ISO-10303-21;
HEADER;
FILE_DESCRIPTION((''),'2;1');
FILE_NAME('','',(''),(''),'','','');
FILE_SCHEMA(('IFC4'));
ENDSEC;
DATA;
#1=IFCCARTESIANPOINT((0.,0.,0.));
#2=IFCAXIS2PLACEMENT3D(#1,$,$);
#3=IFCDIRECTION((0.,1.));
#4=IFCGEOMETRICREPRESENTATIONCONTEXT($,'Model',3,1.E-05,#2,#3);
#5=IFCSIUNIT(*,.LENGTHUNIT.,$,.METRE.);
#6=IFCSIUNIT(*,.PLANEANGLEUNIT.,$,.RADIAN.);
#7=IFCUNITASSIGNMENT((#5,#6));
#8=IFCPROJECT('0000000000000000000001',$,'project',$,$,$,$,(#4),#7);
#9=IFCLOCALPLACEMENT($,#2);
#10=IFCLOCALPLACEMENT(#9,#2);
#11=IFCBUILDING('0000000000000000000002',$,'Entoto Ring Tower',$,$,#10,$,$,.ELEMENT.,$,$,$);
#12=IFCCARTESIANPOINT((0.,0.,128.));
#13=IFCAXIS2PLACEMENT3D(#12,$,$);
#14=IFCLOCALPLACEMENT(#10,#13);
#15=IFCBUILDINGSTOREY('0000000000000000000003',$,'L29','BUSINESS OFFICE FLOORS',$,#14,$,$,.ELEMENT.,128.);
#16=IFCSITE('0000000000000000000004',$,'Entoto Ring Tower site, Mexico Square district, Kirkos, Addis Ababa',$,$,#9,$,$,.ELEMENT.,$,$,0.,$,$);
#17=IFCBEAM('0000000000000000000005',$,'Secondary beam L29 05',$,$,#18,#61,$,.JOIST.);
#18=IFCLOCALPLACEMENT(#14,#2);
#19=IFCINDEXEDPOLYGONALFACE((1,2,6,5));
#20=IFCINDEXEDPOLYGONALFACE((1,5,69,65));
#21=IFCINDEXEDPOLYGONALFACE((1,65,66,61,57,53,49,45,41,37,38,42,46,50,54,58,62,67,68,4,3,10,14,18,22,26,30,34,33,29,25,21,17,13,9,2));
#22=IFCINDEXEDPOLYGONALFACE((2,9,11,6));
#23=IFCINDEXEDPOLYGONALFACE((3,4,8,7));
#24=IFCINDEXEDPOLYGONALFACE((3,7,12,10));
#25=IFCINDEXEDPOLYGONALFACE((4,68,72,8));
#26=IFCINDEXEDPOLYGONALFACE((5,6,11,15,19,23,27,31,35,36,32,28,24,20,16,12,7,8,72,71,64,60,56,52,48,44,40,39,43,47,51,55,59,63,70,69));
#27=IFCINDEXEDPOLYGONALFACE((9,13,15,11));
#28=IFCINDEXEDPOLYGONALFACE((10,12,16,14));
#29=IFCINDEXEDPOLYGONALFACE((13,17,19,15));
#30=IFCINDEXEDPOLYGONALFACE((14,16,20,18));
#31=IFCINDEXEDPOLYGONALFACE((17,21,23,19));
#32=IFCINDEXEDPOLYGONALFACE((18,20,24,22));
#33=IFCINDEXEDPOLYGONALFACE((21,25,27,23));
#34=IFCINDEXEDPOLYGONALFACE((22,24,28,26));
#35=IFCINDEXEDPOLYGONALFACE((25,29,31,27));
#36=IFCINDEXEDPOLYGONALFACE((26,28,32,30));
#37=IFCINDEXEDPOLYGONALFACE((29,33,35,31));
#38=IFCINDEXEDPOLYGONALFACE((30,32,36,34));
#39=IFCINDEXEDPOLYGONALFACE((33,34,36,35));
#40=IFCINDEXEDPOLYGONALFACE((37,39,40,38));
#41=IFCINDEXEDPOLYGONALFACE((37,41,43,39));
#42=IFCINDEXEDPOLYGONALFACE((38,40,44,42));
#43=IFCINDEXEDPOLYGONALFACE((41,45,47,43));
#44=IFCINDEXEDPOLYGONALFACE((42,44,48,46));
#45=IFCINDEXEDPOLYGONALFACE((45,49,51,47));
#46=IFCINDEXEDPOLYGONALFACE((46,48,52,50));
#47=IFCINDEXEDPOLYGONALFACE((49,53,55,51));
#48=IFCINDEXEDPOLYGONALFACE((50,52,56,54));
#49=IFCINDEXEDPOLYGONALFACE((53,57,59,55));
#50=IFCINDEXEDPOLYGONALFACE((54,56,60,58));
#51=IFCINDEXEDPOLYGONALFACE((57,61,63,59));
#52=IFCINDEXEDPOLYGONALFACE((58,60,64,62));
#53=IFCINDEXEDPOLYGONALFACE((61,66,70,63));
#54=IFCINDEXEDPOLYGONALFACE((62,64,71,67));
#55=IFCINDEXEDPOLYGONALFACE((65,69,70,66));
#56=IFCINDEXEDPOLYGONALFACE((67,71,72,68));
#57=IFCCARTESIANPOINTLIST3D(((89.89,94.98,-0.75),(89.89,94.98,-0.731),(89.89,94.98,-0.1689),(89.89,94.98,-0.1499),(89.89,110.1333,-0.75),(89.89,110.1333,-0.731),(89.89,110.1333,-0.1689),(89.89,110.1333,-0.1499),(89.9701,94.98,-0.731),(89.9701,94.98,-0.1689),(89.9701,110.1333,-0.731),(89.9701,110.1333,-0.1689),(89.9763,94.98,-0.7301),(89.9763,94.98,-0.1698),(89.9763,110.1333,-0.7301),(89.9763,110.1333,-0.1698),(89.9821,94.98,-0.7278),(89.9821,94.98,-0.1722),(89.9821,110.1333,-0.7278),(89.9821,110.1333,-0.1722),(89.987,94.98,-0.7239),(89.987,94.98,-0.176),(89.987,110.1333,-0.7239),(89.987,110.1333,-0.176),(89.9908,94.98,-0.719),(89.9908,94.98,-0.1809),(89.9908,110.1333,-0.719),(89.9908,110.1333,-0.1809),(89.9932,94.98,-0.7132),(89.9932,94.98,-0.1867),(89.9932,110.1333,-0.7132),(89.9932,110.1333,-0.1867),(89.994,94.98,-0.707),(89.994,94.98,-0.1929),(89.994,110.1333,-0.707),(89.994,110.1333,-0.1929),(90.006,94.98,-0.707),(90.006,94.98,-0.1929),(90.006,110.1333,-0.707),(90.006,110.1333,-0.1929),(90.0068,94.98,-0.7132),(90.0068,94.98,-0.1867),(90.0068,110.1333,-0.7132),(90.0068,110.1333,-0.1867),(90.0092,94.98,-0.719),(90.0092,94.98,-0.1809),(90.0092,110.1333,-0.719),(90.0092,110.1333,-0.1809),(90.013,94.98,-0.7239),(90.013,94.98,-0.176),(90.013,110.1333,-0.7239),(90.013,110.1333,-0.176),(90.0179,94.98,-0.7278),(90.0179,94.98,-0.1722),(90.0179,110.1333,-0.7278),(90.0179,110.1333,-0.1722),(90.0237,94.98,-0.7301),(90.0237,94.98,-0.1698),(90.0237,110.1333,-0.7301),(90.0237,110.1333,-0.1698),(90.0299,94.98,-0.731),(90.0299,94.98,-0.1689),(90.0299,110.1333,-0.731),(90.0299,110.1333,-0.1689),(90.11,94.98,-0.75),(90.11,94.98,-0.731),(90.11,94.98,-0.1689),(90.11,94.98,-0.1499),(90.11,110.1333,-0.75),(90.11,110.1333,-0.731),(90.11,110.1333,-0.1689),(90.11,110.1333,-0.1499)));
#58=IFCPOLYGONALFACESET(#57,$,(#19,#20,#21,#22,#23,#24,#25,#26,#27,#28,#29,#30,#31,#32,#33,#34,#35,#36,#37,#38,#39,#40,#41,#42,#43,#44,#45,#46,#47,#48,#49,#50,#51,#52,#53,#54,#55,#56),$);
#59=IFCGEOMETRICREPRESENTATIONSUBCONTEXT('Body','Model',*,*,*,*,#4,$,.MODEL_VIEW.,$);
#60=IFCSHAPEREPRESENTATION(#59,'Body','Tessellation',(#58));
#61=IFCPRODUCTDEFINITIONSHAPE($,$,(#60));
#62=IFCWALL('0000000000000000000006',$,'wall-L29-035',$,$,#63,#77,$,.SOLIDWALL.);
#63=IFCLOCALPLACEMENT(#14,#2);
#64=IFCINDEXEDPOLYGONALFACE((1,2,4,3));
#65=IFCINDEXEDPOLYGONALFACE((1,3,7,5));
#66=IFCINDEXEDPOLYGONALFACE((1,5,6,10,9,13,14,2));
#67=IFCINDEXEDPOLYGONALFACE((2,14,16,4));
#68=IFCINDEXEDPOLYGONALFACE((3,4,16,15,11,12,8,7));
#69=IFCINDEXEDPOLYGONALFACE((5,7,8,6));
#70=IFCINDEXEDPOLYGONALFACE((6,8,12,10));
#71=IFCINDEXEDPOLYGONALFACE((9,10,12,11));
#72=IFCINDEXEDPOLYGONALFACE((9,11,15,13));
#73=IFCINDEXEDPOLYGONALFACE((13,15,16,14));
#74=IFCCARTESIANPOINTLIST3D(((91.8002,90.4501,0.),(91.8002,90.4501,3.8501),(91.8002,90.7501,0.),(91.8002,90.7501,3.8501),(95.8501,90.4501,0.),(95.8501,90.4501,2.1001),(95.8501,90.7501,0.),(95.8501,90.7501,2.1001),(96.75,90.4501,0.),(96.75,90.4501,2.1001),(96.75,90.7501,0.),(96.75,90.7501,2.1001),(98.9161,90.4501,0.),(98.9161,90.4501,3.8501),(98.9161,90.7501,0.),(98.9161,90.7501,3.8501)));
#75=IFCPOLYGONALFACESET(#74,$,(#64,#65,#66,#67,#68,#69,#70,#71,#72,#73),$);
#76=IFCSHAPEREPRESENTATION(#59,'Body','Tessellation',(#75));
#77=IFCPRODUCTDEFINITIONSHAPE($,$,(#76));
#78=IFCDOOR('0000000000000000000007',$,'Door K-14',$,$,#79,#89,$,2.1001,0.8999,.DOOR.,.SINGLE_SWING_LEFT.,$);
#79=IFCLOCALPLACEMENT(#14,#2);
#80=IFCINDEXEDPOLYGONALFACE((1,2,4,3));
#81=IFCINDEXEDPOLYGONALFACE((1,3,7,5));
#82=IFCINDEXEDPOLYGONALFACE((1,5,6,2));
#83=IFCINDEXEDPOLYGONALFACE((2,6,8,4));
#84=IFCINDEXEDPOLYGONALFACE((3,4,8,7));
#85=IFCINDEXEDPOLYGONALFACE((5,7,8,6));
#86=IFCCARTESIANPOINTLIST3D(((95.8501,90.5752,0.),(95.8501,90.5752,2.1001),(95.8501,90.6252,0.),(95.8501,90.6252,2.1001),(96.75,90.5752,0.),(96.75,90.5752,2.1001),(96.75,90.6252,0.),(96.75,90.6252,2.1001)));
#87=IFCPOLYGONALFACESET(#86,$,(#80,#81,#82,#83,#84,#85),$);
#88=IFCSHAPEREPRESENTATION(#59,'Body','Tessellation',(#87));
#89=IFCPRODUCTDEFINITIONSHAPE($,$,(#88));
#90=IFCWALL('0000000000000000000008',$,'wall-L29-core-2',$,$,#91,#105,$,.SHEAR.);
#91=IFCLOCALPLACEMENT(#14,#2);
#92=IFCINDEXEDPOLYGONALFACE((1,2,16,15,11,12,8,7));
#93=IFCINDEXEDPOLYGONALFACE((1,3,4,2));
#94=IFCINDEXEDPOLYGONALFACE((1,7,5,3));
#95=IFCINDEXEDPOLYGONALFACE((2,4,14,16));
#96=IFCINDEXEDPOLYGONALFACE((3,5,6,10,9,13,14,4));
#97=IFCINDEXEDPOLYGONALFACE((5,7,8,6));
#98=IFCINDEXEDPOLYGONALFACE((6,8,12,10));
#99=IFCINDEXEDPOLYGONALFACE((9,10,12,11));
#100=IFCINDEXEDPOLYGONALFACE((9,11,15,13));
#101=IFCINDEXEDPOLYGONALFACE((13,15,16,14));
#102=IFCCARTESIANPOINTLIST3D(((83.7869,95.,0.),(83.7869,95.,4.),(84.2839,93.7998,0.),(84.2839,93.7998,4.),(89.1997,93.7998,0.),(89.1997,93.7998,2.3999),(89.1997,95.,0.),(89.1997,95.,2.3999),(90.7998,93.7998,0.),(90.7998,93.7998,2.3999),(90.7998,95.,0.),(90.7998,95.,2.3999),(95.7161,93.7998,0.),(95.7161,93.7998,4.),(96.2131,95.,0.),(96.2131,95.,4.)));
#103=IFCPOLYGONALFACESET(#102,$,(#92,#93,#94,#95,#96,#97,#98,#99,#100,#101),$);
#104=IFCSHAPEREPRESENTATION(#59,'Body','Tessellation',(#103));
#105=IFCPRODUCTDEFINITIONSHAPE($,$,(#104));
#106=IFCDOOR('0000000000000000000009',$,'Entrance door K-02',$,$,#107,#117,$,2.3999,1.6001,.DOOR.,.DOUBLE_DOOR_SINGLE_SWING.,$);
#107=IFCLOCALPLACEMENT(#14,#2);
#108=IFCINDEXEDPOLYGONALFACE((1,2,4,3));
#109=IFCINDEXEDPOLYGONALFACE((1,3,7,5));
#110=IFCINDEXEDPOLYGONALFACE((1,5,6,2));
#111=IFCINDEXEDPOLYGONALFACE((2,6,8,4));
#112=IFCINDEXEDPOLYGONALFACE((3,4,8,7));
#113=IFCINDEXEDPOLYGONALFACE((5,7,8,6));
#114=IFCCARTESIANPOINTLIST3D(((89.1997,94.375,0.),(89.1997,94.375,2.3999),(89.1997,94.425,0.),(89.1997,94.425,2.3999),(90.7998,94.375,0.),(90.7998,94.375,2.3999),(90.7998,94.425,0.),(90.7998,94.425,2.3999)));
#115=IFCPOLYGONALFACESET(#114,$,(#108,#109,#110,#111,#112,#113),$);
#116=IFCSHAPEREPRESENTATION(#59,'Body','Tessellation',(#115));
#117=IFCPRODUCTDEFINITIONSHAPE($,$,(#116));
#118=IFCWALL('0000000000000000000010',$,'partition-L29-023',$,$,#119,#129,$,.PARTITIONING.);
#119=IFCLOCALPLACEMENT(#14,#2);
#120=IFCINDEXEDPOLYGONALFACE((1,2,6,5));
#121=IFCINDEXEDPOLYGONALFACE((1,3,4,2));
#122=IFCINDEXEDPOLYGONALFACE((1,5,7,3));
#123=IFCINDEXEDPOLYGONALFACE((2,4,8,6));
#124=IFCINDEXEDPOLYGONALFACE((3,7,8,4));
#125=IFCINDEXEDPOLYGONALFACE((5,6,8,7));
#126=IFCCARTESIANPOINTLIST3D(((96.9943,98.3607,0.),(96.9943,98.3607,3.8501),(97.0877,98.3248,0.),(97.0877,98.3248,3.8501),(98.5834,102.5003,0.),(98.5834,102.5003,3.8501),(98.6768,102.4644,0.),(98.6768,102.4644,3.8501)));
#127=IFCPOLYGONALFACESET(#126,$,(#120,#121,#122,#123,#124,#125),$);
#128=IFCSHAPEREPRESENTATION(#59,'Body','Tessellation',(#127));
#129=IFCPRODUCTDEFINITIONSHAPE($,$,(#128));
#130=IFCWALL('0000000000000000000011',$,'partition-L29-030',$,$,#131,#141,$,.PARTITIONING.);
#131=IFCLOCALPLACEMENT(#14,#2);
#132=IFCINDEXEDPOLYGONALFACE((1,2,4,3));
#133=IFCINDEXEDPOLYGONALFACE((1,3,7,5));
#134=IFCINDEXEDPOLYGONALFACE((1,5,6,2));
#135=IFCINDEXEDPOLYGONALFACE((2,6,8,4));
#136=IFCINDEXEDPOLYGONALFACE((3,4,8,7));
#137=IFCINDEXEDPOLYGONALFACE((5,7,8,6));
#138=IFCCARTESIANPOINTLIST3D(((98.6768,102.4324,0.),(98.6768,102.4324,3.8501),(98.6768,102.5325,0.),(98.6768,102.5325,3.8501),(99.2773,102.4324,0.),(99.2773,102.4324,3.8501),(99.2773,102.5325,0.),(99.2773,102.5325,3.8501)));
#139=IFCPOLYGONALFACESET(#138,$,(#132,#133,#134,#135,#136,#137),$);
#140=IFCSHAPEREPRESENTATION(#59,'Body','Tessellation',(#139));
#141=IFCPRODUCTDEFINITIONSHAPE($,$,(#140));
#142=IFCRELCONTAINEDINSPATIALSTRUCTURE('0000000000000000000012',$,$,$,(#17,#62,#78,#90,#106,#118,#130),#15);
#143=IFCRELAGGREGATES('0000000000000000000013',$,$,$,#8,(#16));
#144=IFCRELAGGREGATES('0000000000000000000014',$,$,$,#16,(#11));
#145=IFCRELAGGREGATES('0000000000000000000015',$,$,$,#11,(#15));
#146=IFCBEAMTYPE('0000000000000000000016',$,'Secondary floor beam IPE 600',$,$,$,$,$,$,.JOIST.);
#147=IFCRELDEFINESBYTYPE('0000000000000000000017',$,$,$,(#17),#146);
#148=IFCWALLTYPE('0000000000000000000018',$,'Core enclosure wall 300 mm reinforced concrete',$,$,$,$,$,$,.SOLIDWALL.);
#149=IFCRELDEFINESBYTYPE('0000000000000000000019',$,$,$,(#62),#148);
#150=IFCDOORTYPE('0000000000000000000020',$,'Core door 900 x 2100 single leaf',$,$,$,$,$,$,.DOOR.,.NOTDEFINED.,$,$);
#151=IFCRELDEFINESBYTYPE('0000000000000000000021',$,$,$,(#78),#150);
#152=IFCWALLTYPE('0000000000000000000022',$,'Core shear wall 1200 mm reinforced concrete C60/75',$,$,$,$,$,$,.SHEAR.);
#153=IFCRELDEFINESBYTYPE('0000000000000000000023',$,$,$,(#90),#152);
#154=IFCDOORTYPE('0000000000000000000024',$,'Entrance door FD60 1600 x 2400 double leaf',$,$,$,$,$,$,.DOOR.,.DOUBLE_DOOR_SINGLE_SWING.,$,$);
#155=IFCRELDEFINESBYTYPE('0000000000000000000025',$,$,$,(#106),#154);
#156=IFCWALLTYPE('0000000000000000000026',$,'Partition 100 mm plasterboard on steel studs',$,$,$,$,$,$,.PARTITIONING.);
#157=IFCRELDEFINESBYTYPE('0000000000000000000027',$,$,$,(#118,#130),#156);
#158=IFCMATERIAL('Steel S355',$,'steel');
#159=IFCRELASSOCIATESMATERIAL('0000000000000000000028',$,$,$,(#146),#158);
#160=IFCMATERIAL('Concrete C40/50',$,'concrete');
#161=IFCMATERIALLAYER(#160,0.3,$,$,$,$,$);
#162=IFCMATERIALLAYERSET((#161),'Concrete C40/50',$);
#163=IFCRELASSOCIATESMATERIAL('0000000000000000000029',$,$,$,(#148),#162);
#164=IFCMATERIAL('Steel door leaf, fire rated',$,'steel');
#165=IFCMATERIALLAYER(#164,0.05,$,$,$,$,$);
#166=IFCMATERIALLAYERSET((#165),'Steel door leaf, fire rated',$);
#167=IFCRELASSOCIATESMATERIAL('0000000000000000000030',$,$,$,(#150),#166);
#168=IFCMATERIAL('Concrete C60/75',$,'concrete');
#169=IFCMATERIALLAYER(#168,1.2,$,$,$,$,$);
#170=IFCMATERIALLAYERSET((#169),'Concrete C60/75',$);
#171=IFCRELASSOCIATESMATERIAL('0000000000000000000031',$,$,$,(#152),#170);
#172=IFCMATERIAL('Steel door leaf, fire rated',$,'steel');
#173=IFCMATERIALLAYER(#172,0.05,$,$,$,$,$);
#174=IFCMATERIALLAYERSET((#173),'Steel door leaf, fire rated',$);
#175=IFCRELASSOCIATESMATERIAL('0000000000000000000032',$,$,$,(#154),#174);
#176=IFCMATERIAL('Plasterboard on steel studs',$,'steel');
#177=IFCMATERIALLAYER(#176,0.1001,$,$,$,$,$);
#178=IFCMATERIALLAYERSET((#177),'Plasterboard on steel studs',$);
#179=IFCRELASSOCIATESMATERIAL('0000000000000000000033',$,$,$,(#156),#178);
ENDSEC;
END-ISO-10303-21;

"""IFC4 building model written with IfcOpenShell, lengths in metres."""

from ifc_helpers import new_model, si_unit, direction, frame, frame_2d, origin, origin_2d, place, context, subcontext, project, spatial, polyline, rectangle, i_section, outline, extrude, material, layer, layer_set, material_profile, profile_set, type_object, element, fill, save


model = new_model("IFC4")

# Units and contexts
model_context = context("Model", 3, precision=1e-05, world=origin(), true_north=direction((0.0, 1.0)))
body_context = subcontext(model_context, "Body", "Model", "MODEL_VIEW")
ifc_project = project(units=[si_unit("LENGTHUNIT", "METRE"), si_unit("PLANEANGLEUNIT", "RADIAN")], contexts=[model_context])

# Site, building, storey
site_placement = place(None, origin())
site = spatial("IfcSite", under=ifc_project, at=site_placement, Name="Entoto Ring Tower site, Mexico Square district, Kirkos, Addis Ababa", CompositionType="ELEMENT", RefElevation=0.0)
building_placement = place(site_placement, origin())
building = spatial("IfcBuilding", under=site, at=building_placement, Name="Entoto Ring Tower", CompositionType="ELEMENT")
storey_placement = place(building_placement, frame((0.0, 0.0, 128.0)))
storey = spatial("IfcBuildingStorey", under=building, at=storey_placement, Name="L29", Description="BUSINESS OFFICE FLOORS", CompositionType="ELEMENT", Elevation=128.0)

# Beam
ifc_material_1 = material(Name="Steel S355", Category="steel")
ifc_material_profile_1 = material_profile(ifc_material_1, i_section(OverallWidth=0.22, OverallDepth=0.6001, WebThickness=0.012, FlangeThickness=0.019, FilletRadius=0.0239, at=origin_2d()), Name="IPE 600")
ifc_profile_set_1 = profile_set([ifc_material_profile_1], Name="Steel S355")
beam_type_1 = type_object("IfcBeamType", Name="Secondary floor beam IPE 600", PredefinedType="JOIST", material=ifc_profile_set_1)
beam_1_placement = place(storey_placement, frame((90.0, 94.98, -0.45), z_axis=(0.0, 1.0, 0.0), x_axis=(-1.0, 0.0, 0.0)))
element("IfcBeam", 1, at=beam_1_placement, inside=storey, type_object=beam_type_1, Name="Secondary beam L29 05", PredefinedType="JOIST", context=body_context, shape_type="SweptSolid", body=[
    extrude(i_section(OverallWidth=0.22, OverallDepth=0.6001, WebThickness=0.012, FlangeThickness=0.019, FilletRadius=0.0239, at=origin_2d()), origin(), (0.0, 0.0, 1.0), 15.1533),
])

# Walls, openings, doors
ifc_material_2 = material(Name="Concrete C40/50", Category="concrete")
ifc_layer_1 = layer(ifc_material_2, 0.3)
ifc_layer_set_1 = layer_set([ifc_layer_1], Name="Concrete C40/50")
wall_type_1 = type_object("IfcWallType", Name="Core enclosure wall 300 mm reinforced concrete", PredefinedType="SOLIDWALL", material=ifc_layer_set_1)
wall_1_placement = place(storey_placement, frame((91.8, 90.6001, 0.0), z_axis=(0.0, 0.0, 1.0), x_axis=(1.0, 0.0, 0.0)))
wall_1 = element("IfcWall", 2, at=wall_1_placement, inside=storey, type_object=wall_type_1, Name="wall-L29-035", PredefinedType="SOLIDWALL", context=body_context, shape_type="SweptSolid", body=[
    extrude(rectangle(XDim=7.116, YDim=0.3, at=frame_2d((3.5581, 0.0))), origin(), (0.0, 0.0, 1.0), 3.8501),
])
opening_1_placement = place(wall_1_placement, frame((4.05, 0.0, 0.0)))
opening_1 = element("IfcOpeningElement", 3, at=opening_1_placement, cuts=wall_1, PredefinedType="OPENING", context=body_context, shape_type="SweptSolid", body=[
    extrude(rectangle(XDim=0.8999, YDim=2.1001, at=frame_2d((0.45, 1.05))), frame((0.0, 0.1602, 0.0), z_axis=(0.0, -1.0, 0.0), x_axis=(1.0, 0.0, 0.0)), (0.0, 0.0, 1.0), 0.3201),
])
ifc_material_3 = material(Name="Steel door leaf, fire rated", Category="steel")
ifc_layer_2 = layer(ifc_material_3, 0.05)
ifc_layer_set_2 = layer_set([ifc_layer_2], Name="Steel door leaf, fire rated")
door_type_1 = type_object("IfcDoorType", Name="Core door 900 x 2100 single leaf", OperationType="NOTDEFINED", PredefinedType="DOOR", material=ifc_layer_set_2)
door_1_placement = place(opening_1_placement, frame((0.8999, 0.0, 0.0), z_axis=(0.0, 0.0, 1.0), x_axis=(-1.0, 0.0, 0.0)))
door_1 = element("IfcDoor", 4, at=door_1_placement, inside=storey, type_object=door_type_1, Name="Door K-14", OperationType="SINGLE_SWING_LEFT", OverallHeight=2.1001, OverallWidth=0.8999, PredefinedType="DOOR", context=body_context, shape_type="SweptSolid", body=[
    extrude(rectangle(XDim=0.8999, YDim=2.1001, at=frame_2d((0.45, 1.05))), frame((0.0, 0.0249, 0.0), z_axis=(0.0, -1.0, 0.0), x_axis=(1.0, 0.0, 0.0)), (0.0, 0.0, 1.0), 0.05),
])
fill(opening_1, door_1)
ifc_material_4 = material(Name="Concrete C60/75", Category="concrete")
ifc_layer_3 = layer(ifc_material_4, 1.2)
ifc_layer_set_3 = layer_set([ifc_layer_3], Name="Concrete C60/75")
wall_type_2 = type_object("IfcWallType", Name="Core shear wall 1200 mm reinforced concrete C60/75", PredefinedType="SHEAR", material=ifc_layer_set_3)
wall_2_placement = place(storey_placement, frame((95.9646, 94.3999, 0.0), z_axis=(0.0, 0.0, 1.0), x_axis=(-1.0, 0.0, 0.0)))
wall_2 = element("IfcWall", 5, at=wall_2_placement, inside=storey, type_object=wall_type_2, Name="wall-L29-core-2", PredefinedType="SHEAR", context=body_context, shape_type="SweptSolid", body=[
    extrude(outline(polyline([(-0.2485, -0.6001), (12.1777, -0.6001), (11.6807, 0.6001), (0.2485, 0.6001), (-0.2485, -0.6001)])), origin(), (0.0, 0.0, 1.0), 4.0),
])
opening_2_placement = place(wall_2_placement, frame((5.1648, 0.0, 0.0)))
opening_2 = element("IfcOpeningElement", 6, at=opening_2_placement, cuts=wall_2, PredefinedType="OPENING", context=body_context, shape_type="SweptSolid", body=[
    extrude(rectangle(XDim=1.6001, YDim=2.3999, at=frame_2d((0.8, 1.2))), frame((0.0, 0.6099, 0.0), z_axis=(0.0, -1.0, 0.0), x_axis=(1.0, 0.0, 0.0)), (0.0, 0.0, 1.0), 1.22),
])
ifc_material_5 = material(Name="Steel door leaf, fire rated", Category="steel")
ifc_layer_4 = layer(ifc_material_5, 0.05)
ifc_layer_set_4 = layer_set([ifc_layer_4], Name="Steel door leaf, fire rated")
door_type_2 = type_object("IfcDoorType", Name="Entrance door FD60 1600 x 2400 double leaf", OperationType="DOUBLE_DOOR_SINGLE_SWING", PredefinedType="DOOR", material=ifc_layer_set_4)
door_2_placement = place(opening_2_placement, origin())
door_2 = element("IfcDoor", 7, at=door_2_placement, inside=storey, type_object=door_type_2, Name="Entrance door K-02", OperationType="DOUBLE_DOOR_SINGLE_SWING", OverallHeight=2.3999, OverallWidth=1.6001, PredefinedType="DOOR", context=body_context, shape_type="SweptSolid", body=[
    extrude(rectangle(XDim=1.6001, YDim=2.3999, at=frame_2d((0.8, 1.2))), frame((0.0, 0.0249, 0.0), z_axis=(0.0, -1.0, 0.0), x_axis=(1.0, 0.0, 0.0)), (0.0, 0.0, 1.0), 0.05),
])
fill(opening_2, door_2)

# Walls
ifc_material_6 = material(Name="Plasterboard on steel studs", Category="steel")
ifc_layer_5 = layer(ifc_material_6, 0.1001)
ifc_layer_set_5 = layer_set([ifc_layer_5], Name="Plasterboard on steel studs")
wall_type_3 = type_object("IfcWallType", Name="Partition 100 mm plasterboard on steel studs", PredefinedType="PARTITIONING", material=ifc_layer_set_5)
wall_3_placement = place(storey_placement, frame((97.041, 98.3428, 0.0), z_axis=(0.0, 0.0, 1.0), x_axis=(0.358378, 0.933577, 0.0)))
element("IfcWall", 8, at=wall_3_placement, inside=storey, type_object=wall_type_3, Name="partition-L29-023", PredefinedType="PARTITIONING", context=body_context, shape_type="SweptSolid", body=[
    extrude(rectangle(XDim=4.4341, YDim=0.1001, at=frame_2d((2.217, 0.0))), origin(), (0.0, 0.0, 1.0), 3.8501),
])
wall_4_placement = place(storey_placement, frame((98.6768, 102.4824, 0.0), z_axis=(0.0, 0.0, 1.0), x_axis=(1.0, 0.0, 0.0)))
element("IfcWall", 9, at=wall_4_placement, inside=storey, type_object=wall_type_3, Name="partition-L29-030", PredefinedType="PARTITIONING", context=body_context, shape_type="SweptSolid", body=[
    extrude(rectangle(XDim=0.6006, YDim=0.1001, at=frame_2d((0.3003, 0.0))), origin(), (0.0, 0.0, 1.0), 3.8501),
])

save(model, "model.ifc")
